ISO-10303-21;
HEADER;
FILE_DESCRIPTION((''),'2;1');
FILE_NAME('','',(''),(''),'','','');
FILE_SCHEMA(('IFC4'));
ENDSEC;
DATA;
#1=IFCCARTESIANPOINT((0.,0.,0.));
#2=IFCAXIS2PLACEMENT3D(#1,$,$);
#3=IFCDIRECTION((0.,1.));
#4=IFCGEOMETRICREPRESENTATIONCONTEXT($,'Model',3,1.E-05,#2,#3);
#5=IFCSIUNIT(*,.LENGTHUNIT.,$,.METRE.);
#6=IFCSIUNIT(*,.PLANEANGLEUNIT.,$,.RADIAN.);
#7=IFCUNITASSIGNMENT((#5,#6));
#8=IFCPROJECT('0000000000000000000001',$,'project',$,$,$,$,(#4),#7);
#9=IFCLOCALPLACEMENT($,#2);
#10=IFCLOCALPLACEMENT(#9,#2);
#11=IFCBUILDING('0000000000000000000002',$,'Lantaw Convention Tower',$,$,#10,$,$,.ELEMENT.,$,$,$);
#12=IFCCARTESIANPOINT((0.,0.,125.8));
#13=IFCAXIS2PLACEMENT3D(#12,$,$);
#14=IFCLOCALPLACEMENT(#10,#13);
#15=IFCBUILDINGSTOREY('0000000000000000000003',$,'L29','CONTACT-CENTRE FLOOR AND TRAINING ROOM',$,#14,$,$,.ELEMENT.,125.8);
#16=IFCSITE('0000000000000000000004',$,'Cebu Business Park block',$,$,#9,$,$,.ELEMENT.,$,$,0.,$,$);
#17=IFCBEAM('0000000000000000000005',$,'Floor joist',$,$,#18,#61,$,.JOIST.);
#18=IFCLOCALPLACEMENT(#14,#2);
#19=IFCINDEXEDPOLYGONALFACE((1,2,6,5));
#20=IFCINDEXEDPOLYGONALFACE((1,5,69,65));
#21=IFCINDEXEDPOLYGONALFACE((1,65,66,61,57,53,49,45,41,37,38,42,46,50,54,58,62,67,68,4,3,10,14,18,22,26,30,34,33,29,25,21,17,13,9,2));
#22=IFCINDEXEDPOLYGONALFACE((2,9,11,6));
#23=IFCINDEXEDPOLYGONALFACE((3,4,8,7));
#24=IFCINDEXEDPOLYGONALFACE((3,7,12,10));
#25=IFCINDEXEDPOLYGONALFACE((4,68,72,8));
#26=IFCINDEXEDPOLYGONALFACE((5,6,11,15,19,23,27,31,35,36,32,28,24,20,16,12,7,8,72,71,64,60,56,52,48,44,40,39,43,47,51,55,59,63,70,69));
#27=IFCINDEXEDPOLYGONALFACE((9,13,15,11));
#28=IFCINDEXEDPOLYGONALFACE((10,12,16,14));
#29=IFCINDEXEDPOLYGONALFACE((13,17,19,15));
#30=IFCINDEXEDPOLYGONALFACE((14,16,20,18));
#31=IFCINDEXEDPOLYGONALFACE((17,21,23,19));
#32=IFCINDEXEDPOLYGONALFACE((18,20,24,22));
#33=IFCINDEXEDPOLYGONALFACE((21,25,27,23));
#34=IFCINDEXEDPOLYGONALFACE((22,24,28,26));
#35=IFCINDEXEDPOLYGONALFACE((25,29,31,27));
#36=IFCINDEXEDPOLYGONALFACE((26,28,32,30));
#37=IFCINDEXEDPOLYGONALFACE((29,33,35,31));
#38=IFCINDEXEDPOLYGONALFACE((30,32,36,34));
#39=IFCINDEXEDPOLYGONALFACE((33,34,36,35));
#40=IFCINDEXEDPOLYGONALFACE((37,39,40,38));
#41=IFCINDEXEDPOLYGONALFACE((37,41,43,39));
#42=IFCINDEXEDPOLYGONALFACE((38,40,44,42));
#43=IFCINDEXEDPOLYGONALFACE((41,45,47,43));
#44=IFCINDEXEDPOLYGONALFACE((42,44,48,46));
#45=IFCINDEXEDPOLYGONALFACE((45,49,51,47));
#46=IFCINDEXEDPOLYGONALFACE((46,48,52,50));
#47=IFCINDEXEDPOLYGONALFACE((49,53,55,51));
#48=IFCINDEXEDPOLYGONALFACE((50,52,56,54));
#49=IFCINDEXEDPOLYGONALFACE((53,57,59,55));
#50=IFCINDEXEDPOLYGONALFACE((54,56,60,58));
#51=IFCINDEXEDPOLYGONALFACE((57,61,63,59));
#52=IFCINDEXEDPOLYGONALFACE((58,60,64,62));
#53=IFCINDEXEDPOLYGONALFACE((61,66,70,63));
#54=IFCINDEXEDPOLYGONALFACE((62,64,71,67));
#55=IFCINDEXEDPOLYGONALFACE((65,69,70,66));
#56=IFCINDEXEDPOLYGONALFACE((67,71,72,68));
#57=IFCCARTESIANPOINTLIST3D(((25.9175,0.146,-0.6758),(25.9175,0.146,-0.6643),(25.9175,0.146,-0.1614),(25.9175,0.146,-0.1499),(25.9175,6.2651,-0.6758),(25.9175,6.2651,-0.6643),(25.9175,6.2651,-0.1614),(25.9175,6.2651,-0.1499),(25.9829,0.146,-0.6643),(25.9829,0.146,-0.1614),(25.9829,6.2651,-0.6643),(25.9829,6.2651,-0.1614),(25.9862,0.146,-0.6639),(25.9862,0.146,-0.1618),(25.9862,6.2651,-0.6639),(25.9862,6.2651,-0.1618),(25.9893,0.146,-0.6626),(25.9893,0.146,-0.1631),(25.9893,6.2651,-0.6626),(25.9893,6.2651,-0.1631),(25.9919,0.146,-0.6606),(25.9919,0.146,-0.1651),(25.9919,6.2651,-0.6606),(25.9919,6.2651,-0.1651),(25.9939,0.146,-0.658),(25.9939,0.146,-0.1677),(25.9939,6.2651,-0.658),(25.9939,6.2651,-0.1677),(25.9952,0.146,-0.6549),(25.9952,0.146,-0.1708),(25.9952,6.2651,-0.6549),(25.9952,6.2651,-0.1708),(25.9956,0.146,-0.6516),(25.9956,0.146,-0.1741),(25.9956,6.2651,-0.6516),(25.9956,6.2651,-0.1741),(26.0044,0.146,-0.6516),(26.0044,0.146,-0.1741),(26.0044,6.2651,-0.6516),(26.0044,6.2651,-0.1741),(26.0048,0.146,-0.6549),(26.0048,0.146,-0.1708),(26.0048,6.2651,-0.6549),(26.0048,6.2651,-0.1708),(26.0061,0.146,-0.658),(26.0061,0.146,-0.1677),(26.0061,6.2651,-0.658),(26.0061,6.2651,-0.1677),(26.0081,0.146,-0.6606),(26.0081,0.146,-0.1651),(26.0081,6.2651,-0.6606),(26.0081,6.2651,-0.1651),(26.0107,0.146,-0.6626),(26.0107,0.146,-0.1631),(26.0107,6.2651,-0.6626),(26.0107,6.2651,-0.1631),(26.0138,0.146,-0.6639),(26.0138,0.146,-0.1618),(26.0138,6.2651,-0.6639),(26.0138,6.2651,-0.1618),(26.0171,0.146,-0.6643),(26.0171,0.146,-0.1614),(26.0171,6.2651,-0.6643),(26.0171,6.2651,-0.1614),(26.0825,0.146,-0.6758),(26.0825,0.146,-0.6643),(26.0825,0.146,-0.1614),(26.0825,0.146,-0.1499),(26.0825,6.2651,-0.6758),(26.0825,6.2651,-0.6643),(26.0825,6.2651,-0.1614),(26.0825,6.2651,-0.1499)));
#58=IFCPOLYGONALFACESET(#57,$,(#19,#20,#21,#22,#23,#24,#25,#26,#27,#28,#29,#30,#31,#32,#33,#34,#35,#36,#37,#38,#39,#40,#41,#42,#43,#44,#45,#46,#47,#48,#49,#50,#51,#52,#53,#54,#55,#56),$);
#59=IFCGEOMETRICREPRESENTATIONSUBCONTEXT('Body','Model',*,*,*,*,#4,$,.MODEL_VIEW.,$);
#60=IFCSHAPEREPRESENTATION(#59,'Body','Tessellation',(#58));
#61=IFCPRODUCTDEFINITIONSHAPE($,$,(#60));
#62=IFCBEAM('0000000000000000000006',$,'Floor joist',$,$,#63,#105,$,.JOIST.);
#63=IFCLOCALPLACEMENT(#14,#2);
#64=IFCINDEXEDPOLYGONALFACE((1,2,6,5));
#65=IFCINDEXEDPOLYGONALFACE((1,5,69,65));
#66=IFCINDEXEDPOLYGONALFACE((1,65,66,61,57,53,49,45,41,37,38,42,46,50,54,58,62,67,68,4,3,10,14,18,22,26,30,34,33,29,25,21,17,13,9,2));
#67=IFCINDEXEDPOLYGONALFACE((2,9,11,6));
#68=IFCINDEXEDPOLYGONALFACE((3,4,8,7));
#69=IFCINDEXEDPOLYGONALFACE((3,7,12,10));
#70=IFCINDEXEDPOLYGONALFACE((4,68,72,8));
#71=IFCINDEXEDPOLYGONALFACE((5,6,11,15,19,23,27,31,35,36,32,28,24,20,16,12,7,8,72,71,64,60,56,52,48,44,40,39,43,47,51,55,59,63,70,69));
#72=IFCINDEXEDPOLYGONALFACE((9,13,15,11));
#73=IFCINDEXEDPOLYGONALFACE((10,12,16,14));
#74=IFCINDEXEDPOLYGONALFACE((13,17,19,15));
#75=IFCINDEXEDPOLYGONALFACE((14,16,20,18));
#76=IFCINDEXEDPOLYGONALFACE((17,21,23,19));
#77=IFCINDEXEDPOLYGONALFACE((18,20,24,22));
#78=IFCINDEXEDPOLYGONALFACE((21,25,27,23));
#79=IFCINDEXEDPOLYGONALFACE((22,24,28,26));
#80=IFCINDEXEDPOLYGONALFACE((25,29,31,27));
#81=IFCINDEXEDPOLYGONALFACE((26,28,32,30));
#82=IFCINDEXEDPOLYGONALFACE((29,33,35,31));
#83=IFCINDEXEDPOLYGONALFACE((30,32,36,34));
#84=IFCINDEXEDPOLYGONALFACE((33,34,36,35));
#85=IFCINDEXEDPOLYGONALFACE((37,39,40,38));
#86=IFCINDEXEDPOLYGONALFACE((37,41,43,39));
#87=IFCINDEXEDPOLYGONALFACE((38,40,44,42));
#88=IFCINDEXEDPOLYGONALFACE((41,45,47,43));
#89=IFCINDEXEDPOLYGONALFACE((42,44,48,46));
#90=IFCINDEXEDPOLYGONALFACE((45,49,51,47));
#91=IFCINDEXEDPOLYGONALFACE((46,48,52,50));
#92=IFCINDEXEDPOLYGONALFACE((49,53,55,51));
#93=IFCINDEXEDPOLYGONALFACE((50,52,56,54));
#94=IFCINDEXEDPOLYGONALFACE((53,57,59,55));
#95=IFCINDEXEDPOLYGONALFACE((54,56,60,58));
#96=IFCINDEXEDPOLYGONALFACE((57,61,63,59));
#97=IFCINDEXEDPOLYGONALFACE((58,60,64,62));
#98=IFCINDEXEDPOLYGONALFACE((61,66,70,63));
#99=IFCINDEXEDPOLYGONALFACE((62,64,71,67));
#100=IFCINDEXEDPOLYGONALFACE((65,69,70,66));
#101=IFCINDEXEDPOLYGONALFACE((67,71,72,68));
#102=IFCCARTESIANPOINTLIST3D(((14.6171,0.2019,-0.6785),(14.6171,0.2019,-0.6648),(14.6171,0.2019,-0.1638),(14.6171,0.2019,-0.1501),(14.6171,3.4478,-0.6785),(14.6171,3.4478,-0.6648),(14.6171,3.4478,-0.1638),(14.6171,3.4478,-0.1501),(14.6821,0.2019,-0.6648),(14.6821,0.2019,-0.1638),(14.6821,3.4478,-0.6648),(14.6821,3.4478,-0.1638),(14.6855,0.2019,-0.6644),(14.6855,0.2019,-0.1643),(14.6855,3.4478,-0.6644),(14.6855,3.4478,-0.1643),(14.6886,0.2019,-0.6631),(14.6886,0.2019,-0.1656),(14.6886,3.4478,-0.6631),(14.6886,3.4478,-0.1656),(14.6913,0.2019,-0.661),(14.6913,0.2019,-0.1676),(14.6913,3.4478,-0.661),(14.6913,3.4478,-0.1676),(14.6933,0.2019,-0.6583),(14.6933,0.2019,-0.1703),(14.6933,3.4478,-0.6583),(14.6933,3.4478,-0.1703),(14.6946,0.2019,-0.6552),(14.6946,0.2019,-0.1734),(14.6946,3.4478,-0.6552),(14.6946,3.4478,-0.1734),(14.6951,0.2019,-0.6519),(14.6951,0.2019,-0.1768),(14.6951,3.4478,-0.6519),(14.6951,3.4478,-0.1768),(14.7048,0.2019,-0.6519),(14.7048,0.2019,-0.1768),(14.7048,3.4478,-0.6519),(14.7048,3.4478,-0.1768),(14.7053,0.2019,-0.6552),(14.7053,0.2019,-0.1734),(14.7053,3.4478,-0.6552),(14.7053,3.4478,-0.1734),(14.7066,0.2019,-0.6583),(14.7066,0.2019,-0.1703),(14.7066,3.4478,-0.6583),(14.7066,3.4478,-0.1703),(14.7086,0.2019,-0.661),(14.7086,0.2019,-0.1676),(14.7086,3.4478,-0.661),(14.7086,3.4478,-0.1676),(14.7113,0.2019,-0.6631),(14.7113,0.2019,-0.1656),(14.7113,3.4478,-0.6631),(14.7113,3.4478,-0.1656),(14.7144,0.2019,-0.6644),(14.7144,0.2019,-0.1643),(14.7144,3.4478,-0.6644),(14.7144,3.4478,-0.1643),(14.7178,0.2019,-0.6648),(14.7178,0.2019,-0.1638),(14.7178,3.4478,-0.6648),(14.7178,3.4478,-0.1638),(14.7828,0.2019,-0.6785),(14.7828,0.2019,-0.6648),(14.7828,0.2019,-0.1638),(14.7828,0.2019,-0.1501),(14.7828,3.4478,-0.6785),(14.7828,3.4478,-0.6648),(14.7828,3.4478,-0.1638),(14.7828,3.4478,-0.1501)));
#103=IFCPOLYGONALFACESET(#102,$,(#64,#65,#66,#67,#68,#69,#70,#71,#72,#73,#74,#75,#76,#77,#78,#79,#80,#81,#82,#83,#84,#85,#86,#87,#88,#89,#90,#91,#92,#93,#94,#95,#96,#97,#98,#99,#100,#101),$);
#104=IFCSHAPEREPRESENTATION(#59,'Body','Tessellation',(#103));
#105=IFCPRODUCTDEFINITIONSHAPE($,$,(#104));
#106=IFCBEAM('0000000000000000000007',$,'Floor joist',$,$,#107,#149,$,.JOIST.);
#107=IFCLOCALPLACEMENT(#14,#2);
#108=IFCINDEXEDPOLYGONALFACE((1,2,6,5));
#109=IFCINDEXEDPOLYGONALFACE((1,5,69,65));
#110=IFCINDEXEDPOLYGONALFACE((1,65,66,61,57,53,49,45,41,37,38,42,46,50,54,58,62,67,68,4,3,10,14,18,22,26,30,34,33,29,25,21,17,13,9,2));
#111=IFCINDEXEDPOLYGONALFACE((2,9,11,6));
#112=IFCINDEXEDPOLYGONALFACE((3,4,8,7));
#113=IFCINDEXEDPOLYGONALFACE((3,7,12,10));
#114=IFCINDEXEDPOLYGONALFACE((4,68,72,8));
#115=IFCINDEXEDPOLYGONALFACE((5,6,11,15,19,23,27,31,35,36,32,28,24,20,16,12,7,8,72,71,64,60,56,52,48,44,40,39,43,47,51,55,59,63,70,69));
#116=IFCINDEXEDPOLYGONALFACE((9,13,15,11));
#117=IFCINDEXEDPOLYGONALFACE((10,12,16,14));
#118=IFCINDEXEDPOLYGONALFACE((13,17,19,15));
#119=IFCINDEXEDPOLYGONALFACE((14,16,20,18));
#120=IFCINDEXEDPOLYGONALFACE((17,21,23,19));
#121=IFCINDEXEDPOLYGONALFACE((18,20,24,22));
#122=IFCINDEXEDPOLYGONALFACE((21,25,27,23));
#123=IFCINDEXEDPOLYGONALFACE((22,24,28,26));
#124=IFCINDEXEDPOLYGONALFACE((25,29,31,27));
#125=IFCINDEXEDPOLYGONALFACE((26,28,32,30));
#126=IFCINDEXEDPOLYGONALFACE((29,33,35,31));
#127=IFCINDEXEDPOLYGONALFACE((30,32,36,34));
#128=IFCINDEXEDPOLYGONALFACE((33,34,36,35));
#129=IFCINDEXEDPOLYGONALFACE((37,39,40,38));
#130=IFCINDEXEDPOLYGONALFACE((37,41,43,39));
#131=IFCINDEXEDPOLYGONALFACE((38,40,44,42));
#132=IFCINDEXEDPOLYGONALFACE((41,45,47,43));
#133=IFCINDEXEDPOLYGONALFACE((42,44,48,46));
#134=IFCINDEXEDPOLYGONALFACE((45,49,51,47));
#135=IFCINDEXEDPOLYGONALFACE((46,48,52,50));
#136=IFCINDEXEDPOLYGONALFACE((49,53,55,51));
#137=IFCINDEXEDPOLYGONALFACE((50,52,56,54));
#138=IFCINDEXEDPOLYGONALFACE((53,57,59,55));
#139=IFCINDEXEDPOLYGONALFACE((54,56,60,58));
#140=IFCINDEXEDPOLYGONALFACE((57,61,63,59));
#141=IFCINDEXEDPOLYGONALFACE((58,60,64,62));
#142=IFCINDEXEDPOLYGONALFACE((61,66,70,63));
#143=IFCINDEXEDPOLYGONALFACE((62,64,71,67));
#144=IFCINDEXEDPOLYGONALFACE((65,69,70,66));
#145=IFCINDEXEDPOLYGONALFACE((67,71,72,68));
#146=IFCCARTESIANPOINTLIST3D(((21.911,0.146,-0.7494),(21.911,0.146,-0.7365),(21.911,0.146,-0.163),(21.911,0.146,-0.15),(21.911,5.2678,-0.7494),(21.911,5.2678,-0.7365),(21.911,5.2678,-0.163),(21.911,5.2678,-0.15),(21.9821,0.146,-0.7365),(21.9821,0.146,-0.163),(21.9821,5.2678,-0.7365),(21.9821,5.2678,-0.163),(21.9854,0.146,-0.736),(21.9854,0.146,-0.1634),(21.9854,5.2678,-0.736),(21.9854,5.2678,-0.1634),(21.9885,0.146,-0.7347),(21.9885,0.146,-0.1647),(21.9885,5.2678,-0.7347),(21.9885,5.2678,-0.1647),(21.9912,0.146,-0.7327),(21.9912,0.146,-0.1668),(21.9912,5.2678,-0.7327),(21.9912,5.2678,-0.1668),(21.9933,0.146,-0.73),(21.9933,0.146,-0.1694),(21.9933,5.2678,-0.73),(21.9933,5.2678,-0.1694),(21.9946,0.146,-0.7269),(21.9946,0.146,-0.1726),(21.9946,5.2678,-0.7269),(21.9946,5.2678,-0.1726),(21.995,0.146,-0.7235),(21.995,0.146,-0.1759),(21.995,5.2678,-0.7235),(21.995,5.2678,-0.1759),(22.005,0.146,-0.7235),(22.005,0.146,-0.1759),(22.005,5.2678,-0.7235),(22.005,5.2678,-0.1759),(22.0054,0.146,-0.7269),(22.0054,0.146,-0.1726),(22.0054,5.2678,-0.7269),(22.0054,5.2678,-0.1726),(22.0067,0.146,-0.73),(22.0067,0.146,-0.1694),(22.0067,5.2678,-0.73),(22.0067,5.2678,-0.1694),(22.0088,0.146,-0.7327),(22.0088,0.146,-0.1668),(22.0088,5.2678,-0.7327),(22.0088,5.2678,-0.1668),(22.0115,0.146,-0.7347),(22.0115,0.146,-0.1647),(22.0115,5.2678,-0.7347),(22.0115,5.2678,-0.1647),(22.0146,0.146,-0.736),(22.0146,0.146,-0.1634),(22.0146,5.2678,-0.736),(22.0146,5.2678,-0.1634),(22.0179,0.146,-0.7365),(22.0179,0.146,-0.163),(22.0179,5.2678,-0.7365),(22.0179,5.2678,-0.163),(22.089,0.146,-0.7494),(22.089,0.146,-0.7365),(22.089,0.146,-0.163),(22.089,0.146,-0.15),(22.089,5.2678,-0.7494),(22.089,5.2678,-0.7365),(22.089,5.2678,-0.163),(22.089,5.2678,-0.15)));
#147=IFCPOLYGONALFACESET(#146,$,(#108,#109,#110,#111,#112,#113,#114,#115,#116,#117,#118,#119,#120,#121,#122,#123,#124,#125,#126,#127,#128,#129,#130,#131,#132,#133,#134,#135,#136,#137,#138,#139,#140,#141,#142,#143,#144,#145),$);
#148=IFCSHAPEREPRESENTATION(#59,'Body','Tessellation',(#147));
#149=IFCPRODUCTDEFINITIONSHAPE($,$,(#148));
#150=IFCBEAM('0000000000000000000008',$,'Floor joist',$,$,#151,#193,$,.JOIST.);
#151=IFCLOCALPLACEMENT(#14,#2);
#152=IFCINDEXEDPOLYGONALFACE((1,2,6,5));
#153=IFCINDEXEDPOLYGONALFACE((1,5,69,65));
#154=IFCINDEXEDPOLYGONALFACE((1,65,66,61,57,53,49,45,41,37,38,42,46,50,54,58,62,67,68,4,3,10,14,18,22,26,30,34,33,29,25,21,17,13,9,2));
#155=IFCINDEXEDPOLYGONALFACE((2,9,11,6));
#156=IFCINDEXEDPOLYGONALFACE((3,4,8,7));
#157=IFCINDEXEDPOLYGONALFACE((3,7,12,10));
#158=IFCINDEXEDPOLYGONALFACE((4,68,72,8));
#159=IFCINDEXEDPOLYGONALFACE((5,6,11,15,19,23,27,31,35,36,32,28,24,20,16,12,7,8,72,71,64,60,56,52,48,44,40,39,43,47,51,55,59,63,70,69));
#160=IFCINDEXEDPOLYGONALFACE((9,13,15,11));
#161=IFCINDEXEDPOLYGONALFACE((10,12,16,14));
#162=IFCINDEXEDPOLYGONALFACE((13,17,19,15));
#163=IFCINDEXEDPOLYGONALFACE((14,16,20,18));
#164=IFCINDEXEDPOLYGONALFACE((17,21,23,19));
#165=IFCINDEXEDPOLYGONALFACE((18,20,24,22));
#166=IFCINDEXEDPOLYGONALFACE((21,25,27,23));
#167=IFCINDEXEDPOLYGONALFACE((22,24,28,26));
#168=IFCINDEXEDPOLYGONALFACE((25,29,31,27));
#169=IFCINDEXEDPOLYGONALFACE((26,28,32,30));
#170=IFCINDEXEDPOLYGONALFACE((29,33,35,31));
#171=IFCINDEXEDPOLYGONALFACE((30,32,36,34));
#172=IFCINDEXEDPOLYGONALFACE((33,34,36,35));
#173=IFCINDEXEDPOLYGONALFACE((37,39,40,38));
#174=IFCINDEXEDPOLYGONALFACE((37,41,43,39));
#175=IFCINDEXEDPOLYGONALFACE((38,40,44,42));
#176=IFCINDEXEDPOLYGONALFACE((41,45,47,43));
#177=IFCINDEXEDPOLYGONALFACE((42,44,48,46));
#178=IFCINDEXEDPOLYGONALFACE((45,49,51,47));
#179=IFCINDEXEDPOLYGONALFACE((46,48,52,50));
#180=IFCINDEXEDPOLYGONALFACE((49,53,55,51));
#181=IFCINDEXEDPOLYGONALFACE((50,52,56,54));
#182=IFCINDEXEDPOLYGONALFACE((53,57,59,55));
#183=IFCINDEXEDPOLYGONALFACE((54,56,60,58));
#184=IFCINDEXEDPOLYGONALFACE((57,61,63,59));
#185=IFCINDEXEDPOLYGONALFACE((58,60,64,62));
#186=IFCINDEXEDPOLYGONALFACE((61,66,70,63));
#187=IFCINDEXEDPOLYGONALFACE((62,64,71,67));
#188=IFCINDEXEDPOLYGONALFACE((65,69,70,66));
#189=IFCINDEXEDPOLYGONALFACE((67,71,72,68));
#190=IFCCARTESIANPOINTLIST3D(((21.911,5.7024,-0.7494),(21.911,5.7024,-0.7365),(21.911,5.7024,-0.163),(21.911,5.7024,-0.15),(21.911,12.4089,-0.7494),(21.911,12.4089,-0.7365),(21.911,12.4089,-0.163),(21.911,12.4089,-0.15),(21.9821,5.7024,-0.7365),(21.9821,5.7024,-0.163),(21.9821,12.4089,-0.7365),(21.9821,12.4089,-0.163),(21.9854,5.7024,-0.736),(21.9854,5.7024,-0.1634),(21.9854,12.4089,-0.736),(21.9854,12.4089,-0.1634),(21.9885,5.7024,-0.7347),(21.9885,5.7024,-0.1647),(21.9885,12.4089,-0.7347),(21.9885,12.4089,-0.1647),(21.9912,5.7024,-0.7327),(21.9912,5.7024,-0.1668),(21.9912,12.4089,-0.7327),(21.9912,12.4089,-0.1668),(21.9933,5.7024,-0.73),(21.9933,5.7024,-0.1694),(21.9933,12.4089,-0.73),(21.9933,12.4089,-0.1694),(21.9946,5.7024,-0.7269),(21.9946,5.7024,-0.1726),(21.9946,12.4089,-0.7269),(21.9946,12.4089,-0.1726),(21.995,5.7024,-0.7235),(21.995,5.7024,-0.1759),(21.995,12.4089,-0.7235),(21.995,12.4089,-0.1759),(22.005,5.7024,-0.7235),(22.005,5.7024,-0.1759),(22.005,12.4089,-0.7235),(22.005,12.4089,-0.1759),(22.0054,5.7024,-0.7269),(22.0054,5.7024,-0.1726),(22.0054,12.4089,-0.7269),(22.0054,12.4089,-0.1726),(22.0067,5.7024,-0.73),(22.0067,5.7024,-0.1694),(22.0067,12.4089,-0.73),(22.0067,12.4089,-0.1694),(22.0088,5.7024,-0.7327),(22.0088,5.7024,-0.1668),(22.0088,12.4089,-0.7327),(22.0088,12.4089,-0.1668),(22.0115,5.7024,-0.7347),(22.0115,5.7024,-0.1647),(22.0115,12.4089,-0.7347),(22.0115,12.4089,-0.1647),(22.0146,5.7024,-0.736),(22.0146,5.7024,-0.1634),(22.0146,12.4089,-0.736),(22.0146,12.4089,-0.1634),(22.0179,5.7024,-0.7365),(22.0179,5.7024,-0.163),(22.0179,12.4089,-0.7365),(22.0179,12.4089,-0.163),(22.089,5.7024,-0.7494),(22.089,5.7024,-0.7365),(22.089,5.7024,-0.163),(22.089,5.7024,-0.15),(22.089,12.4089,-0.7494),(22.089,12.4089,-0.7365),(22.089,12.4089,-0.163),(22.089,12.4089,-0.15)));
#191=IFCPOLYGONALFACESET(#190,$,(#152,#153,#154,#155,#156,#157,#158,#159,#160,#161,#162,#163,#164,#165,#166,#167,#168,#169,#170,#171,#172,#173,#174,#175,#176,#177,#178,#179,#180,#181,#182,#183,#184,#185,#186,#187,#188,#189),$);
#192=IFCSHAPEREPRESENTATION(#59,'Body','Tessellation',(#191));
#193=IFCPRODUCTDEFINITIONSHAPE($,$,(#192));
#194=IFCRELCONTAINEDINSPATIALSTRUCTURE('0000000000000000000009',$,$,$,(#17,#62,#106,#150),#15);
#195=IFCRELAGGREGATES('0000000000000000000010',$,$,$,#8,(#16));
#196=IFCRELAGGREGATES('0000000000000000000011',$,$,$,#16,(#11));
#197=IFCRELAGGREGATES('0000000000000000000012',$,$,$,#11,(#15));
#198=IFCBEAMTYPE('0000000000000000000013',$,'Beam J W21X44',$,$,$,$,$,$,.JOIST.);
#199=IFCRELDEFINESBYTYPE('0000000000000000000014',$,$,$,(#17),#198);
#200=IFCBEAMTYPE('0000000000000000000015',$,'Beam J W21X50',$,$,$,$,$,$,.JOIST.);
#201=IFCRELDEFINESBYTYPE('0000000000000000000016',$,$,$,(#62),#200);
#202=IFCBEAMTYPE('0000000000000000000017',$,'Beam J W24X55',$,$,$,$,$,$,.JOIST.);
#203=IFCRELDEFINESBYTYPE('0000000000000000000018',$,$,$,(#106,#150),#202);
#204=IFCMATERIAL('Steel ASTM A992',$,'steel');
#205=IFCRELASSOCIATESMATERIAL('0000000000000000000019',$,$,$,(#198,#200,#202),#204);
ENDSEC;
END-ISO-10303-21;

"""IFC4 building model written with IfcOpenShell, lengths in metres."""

from ifc_helpers import new_model, si_unit, direction, frame, origin, origin_2d, place, context, subcontext, project, spatial, i_section, extrude, material, material_profile, profile_set, type_object, element, save


model = new_model("IFC4")

# Units and contexts
model_context = context("Model", 3, precision=1e-05, world=origin(), true_north=direction((0.0, 1.0)))
body_context = subcontext(model_context, "Body", "Model", "MODEL_VIEW")
ifc_project = project(units=[si_unit("LENGTHUNIT", "METRE"), si_unit("PLANEANGLEUNIT", "RADIAN")], contexts=[model_context])

# Site, building, storey
site_placement = place(None, origin())
site = spatial("IfcSite", under=ifc_project, at=site_placement, Name="Cebu Business Park block", CompositionType="ELEMENT", RefElevation=0.0)
building_placement = place(site_placement, origin())
building = spatial("IfcBuilding", under=site, at=building_placement, Name="Lantaw Convention Tower", CompositionType="ELEMENT")
storey_placement = place(building_placement, frame((0.0, 0.0, 125.8)))
storey = spatial("IfcBuildingStorey", under=building, at=storey_placement, Name="L29", Description="CONTACT-CENTRE FLOOR AND TRAINING ROOM", CompositionType="ELEMENT", Elevation=125.8)

# Beams
ifc_material_1 = material(Name="Steel ASTM A992", Category="steel")
ifc_material_profile_1 = material_profile(ifc_material_1, i_section(OverallWidth=0.165, OverallDepth=0.5259, WebThickness=0.0088, FlangeThickness=0.0115, FilletRadius=0.0127, at=origin_2d()), Name="W21X44")
ifc_profile_set_1 = profile_set([ifc_material_profile_1], Name="Steel ASTM A992")
beam_type_1 = type_object("IfcBeamType", Name="Beam J W21X44", PredefinedType="JOIST", material=ifc_profile_set_1)
beam_1_placement = place(storey_placement, frame((26.0, 0.146, -0.4128), z_axis=(0.0, 1.0, 0.0), x_axis=(-1.0, 0.0, 0.0)))
element("IfcBeam", 1, at=beam_1_placement, inside=storey, type_object=beam_type_1, Name="Floor joist", PredefinedType="JOIST", context=body_context, shape_type="SweptSolid", body=[
    extrude(i_section(OverallWidth=0.165, OverallDepth=0.5259, WebThickness=0.0088, FlangeThickness=0.0115, FilletRadius=0.0127, at=origin_2d()), origin(), (0.0, 0.0, 1.0), 6.1191),
])
ifc_material_profile_2 = material_profile(ifc_material_1, i_section(OverallWidth=0.1658, OverallDepth=0.5283, WebThickness=0.0098, FlangeThickness=0.0137, FilletRadius=0.0129, at=origin_2d()), Name="W21X50")
ifc_profile_set_2 = profile_set([ifc_material_profile_2], Name="Steel ASTM A992")
beam_type_2 = type_object("IfcBeamType", Name="Beam J W21X50", PredefinedType="JOIST", material=ifc_profile_set_2)
beam_2_placement = place(storey_placement, frame((14.7, 0.2019, -0.4143), z_axis=(0.0, 1.0, 0.0), x_axis=(-1.0, 0.0, 0.0)))
element("IfcBeam", 2, at=beam_2_placement, inside=storey, type_object=beam_type_2, Name="Floor joist", PredefinedType="JOIST", context=body_context, shape_type="SweptSolid", body=[
    extrude(i_section(OverallWidth=0.1658, OverallDepth=0.5283, WebThickness=0.0098, FlangeThickness=0.0137, FilletRadius=0.0129, at=origin_2d()), origin(), (0.0, 0.0, 1.0), 3.2458),
])
ifc_material_profile_3 = material_profile(ifc_material_1, i_section(OverallWidth=0.178, OverallDepth=0.5994, WebThickness=0.01, FlangeThickness=0.0129, FilletRadius=0.0129, at=origin_2d()), Name="W24X55")
ifc_profile_set_3 = profile_set([ifc_material_profile_3], Name="Steel ASTM A992")
beam_type_3 = type_object("IfcBeamType", Name="Beam J W24X55", PredefinedType="JOIST", material=ifc_profile_set_3)
beam_3_placement = place(storey_placement, frame((22.0, 0.146, -0.4497), z_axis=(0.0, 1.0, 0.0), x_axis=(-1.0, 0.0, 0.0)))
element("IfcBeam", 3, at=beam_3_placement, inside=storey, type_object=beam_type_3, Name="Floor joist", PredefinedType="JOIST", context=body_context, shape_type="SweptSolid", body=[
    extrude(i_section(OverallWidth=0.178, OverallDepth=0.5994, WebThickness=0.01, FlangeThickness=0.0129, FilletRadius=0.0129, at=origin_2d()), origin(), (0.0, 0.0, 1.0), 5.1218),
])
beam_4_placement = place(storey_placement, frame((22.0, 5.7024, -0.4497), z_axis=(0.0, 1.0, 0.0), x_axis=(-1.0, 0.0, 0.0)))
element("IfcBeam", 4, at=beam_4_placement, inside=storey, type_object=beam_type_3, Name="Floor joist", PredefinedType="JOIST", context=body_context, shape_type="SweptSolid", body=[
    extrude(i_section(OverallWidth=0.178, OverallDepth=0.5994, WebThickness=0.01, FlangeThickness=0.0129, FilletRadius=0.0129, at=origin_2d()), origin(), (0.0, 0.0, 1.0), 6.7065),
])

save(model, "model.ifc")
